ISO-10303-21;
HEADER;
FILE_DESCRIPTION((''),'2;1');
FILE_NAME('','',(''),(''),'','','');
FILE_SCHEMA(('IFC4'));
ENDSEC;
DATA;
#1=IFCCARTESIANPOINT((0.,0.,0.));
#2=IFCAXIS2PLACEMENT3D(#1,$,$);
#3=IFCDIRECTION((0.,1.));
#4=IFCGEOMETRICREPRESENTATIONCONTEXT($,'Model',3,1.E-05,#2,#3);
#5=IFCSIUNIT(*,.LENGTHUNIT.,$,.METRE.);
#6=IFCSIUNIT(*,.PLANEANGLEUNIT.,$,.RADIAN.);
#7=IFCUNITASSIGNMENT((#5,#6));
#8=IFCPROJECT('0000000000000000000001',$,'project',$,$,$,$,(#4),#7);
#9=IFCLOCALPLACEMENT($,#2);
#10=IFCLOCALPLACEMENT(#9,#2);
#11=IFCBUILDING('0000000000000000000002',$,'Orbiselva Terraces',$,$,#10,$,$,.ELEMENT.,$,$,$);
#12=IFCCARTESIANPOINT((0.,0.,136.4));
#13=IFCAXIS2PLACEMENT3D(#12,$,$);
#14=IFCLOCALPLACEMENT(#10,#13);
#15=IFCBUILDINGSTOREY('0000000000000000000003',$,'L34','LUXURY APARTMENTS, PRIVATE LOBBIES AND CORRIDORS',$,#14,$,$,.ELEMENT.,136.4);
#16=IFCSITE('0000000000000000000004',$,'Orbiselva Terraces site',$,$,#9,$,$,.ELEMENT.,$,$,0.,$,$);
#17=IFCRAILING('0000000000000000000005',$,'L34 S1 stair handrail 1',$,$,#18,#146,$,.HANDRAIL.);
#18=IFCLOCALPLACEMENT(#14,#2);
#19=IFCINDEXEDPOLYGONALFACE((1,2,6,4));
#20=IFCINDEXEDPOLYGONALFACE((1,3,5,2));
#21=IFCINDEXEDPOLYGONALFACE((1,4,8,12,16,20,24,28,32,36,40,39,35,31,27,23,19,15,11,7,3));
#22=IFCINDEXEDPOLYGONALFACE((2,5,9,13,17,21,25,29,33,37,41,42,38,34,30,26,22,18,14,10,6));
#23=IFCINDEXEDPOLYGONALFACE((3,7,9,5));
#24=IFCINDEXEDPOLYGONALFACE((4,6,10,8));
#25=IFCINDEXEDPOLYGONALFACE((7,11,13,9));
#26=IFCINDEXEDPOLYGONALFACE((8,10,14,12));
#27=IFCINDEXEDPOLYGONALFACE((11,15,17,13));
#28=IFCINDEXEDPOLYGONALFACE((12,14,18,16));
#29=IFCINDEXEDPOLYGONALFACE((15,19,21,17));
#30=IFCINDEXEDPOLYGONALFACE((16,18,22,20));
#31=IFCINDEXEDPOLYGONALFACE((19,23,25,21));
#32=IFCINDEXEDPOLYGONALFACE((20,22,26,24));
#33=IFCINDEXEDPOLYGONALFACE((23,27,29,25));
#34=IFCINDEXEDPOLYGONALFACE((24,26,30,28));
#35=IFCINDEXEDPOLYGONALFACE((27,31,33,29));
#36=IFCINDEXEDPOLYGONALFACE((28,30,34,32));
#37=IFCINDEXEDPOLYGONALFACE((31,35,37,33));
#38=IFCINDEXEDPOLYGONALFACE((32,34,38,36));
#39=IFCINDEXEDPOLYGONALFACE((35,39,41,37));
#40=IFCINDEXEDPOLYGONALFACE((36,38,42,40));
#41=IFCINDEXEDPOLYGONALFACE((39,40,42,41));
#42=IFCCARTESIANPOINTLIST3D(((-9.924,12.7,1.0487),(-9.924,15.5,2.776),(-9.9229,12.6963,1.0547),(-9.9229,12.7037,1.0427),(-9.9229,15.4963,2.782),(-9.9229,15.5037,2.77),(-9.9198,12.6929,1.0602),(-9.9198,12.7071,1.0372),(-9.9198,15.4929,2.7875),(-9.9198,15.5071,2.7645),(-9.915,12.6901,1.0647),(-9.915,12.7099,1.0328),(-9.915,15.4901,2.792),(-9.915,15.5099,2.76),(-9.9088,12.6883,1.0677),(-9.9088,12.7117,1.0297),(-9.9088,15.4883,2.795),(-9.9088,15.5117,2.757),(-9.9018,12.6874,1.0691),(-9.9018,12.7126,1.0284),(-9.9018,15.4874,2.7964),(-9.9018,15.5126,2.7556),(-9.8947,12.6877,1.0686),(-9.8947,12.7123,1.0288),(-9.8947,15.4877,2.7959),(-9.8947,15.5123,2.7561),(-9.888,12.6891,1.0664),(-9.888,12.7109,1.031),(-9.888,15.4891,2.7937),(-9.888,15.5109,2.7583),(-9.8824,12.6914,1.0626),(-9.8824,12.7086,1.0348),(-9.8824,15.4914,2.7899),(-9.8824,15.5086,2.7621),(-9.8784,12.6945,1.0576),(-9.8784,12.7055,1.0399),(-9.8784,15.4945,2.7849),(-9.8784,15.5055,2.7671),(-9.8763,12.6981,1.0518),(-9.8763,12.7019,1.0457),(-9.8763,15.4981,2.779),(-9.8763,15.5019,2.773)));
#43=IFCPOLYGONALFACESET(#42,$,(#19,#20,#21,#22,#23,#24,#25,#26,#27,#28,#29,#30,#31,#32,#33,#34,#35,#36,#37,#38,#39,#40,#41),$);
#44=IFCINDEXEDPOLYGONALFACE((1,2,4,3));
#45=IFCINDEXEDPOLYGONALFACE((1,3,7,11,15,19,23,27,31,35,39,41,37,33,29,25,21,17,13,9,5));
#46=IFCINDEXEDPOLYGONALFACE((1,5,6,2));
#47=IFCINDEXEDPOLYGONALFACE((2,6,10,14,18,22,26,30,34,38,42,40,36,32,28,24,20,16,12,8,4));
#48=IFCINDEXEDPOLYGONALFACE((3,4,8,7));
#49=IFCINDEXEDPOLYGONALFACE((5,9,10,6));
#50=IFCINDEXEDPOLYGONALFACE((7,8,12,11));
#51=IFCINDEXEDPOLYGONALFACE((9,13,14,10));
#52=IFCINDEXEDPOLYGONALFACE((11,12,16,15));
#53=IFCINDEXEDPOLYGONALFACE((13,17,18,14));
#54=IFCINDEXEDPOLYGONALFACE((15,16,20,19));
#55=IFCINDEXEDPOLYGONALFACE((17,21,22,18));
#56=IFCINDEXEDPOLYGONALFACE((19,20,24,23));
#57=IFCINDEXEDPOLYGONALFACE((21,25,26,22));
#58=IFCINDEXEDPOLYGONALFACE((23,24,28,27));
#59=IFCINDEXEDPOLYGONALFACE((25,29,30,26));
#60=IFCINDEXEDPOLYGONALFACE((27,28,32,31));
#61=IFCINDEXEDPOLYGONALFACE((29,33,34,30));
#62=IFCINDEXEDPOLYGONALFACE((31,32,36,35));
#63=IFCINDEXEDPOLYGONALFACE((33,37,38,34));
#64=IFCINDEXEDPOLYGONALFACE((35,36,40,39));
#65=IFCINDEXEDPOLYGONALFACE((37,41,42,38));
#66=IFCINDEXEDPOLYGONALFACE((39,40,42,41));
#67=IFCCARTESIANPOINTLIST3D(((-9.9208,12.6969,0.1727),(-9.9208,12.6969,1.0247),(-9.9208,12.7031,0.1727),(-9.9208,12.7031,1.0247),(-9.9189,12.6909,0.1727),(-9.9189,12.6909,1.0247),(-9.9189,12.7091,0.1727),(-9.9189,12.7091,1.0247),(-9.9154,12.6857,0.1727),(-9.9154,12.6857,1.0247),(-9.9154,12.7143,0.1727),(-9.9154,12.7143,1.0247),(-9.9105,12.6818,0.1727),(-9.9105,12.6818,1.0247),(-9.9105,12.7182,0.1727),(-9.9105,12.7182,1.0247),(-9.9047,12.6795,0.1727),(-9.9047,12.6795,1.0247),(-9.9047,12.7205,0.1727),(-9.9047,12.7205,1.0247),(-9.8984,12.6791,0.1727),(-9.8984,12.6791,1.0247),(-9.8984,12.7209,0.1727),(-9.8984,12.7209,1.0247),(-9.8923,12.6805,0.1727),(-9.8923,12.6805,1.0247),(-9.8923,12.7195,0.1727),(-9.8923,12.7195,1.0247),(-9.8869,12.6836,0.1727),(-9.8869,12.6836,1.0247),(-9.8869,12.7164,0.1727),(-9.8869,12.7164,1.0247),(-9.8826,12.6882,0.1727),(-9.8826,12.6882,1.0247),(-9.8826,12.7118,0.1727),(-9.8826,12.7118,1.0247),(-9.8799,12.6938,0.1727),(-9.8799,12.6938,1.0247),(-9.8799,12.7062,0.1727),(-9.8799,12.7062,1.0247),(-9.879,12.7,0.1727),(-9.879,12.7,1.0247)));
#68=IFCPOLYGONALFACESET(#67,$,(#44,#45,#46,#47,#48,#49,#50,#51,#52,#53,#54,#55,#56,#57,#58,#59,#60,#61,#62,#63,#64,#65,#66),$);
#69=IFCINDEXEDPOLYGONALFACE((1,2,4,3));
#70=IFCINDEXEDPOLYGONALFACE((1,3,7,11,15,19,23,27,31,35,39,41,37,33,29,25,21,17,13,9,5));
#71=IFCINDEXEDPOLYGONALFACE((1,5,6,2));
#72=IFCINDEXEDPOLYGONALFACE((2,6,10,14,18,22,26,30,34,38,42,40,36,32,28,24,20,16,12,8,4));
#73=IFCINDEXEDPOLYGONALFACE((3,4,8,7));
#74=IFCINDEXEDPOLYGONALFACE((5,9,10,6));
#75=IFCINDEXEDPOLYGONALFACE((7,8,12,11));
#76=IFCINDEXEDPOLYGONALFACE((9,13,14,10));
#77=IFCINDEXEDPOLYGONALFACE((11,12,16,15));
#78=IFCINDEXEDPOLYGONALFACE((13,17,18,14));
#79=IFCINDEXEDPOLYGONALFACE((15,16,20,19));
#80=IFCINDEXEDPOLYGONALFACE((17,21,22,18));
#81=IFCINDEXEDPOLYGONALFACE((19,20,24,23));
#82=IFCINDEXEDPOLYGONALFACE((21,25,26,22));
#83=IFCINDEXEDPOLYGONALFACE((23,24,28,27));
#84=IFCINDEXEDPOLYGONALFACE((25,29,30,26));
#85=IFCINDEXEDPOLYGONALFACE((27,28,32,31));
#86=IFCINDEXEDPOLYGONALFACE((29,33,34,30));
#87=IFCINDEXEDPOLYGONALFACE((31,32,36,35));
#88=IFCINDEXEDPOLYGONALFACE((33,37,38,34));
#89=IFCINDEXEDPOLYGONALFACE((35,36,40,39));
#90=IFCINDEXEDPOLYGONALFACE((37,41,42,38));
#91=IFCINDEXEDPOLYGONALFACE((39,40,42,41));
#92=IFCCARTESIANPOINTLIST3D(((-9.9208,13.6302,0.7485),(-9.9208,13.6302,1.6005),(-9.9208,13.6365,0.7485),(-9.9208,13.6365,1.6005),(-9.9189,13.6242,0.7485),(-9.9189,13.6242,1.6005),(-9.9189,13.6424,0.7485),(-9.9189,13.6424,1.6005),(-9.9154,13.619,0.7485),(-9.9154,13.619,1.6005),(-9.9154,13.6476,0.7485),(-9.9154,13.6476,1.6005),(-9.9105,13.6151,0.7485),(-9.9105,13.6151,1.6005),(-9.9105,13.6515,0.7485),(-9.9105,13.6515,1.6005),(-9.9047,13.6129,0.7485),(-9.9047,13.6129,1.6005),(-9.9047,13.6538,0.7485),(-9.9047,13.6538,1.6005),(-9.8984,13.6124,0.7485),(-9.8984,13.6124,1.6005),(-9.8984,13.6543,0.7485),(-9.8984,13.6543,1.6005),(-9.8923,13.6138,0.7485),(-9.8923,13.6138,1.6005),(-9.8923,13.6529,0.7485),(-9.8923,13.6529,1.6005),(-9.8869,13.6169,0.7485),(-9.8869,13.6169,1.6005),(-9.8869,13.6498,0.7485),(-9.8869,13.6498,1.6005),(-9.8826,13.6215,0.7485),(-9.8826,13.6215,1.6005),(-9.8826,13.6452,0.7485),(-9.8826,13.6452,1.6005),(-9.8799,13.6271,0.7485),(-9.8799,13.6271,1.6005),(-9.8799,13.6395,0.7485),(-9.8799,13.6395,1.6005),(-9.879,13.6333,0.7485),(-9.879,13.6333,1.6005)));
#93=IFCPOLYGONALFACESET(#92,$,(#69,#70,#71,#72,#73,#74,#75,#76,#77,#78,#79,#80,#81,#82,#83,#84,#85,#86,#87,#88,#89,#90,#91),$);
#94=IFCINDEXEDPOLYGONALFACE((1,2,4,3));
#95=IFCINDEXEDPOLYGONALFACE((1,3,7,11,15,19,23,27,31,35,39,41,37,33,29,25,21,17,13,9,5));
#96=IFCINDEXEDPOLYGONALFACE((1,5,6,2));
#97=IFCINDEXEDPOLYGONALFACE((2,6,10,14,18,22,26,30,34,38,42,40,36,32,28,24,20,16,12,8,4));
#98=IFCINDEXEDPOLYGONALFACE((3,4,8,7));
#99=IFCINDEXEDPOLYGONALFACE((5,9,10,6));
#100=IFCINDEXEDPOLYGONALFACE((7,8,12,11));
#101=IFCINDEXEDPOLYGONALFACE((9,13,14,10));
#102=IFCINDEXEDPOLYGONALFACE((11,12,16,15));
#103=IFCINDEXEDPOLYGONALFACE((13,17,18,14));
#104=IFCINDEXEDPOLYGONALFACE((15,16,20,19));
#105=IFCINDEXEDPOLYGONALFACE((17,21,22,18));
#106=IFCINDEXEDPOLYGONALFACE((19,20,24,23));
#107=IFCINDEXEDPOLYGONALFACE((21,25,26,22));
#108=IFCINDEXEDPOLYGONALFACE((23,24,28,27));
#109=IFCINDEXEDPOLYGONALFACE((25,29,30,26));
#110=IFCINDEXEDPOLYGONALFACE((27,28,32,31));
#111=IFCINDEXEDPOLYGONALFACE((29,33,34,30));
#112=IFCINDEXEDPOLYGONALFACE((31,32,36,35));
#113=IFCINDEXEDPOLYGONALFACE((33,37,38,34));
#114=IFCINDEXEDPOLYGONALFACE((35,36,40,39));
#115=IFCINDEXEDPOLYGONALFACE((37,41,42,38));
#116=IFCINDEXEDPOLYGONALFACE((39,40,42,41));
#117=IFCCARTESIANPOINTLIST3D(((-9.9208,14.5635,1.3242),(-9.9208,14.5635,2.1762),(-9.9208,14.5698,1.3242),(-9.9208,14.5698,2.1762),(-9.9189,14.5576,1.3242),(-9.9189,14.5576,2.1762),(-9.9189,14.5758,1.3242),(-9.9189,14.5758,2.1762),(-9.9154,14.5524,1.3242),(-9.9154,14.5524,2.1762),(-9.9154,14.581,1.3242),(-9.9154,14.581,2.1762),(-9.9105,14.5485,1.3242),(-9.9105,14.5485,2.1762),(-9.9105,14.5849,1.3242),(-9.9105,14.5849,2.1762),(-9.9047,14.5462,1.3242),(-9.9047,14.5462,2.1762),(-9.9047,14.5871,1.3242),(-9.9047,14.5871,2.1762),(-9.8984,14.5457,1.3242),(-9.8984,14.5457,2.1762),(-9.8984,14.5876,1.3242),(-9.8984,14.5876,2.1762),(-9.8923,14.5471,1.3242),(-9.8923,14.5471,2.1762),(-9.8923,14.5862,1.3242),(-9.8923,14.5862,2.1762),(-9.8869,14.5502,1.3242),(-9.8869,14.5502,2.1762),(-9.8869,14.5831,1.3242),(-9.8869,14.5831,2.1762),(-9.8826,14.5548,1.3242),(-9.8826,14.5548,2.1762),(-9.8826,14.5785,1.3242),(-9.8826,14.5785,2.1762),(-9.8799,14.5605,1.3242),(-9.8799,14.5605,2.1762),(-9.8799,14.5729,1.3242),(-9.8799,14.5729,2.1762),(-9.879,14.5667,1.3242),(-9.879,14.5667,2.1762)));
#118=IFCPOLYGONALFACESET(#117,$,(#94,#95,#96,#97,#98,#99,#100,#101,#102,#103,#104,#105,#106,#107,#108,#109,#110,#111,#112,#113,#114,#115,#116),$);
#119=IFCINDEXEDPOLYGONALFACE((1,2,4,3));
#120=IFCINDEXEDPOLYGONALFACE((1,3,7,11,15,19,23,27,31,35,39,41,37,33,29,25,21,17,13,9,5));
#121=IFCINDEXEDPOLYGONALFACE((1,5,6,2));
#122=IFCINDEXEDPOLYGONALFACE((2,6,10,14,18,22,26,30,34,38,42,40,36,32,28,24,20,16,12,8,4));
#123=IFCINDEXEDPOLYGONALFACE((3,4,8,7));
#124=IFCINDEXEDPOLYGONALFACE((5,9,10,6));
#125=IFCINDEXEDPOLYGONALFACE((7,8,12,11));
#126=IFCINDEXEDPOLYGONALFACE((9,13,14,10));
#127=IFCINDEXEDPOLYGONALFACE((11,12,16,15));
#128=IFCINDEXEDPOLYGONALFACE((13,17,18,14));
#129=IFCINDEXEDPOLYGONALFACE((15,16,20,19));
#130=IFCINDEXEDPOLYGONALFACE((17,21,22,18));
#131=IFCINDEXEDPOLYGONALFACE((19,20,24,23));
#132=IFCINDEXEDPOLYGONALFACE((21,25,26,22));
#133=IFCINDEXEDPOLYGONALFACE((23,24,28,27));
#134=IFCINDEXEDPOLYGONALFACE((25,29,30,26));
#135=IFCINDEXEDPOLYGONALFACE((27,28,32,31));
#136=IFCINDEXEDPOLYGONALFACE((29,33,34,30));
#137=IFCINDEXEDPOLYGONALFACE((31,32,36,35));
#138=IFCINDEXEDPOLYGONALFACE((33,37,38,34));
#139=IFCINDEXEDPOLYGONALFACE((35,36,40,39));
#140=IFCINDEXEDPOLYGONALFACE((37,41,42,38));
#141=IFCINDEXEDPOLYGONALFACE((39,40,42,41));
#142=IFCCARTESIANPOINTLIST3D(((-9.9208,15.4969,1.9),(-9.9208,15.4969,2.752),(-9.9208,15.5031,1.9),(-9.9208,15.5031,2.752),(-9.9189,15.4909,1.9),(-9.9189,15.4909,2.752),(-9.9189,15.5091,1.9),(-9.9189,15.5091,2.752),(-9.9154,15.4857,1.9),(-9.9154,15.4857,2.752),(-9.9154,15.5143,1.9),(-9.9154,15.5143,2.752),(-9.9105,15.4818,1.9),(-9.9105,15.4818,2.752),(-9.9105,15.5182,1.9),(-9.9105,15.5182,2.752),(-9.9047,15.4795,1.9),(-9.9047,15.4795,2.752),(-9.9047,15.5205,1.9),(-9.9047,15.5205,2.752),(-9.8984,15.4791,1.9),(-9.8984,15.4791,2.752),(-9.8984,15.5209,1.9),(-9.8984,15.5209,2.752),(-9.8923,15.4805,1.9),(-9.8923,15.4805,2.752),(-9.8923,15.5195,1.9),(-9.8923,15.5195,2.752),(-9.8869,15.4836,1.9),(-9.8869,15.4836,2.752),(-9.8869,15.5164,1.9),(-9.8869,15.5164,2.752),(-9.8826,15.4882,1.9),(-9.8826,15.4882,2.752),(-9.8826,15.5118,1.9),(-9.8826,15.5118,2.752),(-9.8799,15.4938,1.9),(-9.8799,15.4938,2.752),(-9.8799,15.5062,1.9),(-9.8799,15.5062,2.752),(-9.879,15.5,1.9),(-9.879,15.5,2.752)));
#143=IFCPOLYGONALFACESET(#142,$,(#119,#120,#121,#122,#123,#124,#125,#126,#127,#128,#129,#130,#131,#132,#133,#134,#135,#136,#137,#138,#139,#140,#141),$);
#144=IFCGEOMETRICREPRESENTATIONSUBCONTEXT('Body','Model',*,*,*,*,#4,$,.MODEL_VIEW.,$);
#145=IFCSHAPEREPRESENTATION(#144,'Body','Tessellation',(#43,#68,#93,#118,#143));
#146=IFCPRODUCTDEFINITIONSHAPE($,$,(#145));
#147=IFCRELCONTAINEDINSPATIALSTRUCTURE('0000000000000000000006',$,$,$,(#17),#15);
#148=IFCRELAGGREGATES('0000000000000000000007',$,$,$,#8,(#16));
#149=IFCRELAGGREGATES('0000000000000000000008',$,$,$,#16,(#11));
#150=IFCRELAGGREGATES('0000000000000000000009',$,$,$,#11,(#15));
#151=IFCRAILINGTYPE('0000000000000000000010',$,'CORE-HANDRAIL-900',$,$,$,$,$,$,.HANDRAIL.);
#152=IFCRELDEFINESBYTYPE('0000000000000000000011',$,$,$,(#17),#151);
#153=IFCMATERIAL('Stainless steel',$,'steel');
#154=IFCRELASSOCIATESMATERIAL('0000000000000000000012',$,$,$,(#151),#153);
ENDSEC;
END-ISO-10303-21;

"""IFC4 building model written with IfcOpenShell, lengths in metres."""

from ifc_helpers import new_model, si_unit, direction, frame, origin, origin_2d, place, context, subcontext, project, spatial, circle, extrude, material, type_object, element, save


model = new_model("IFC4")

# Units and contexts
model_context = context("Model", 3, precision=1e-05, world=origin(), true_north=direction((0.0, 1.0)))
body_context = subcontext(model_context, "Body", "Model", "MODEL_VIEW")
ifc_project = project(units=[si_unit("LENGTHUNIT", "METRE"), si_unit("PLANEANGLEUNIT", "RADIAN")], contexts=[model_context])

# Site, building, storey
site_placement = place(None, origin())
site = spatial("IfcSite", under=ifc_project, at=site_placement, Name="Orbiselva Terraces site", CompositionType="ELEMENT", RefElevation=0.0)
building_placement = place(site_placement, origin())
building = spatial("IfcBuilding", under=site, at=building_placement, Name="Orbiselva Terraces", CompositionType="ELEMENT")
storey_placement = place(building_placement, frame((0.0, 0.0, 136.4)))
storey = spatial("IfcBuildingStorey", under=building, at=storey_placement, Name="L34", Description="LUXURY APARTMENTS, PRIVATE LOBBIES AND CORRIDORS", CompositionType="ELEMENT", Elevation=136.4)

# Railing
ifc_material_1 = material(Name="Stainless steel", Category="steel")
railing_type_1 = type_object("IfcRailingType", Name="CORE-HANDRAIL-900", PredefinedType="HANDRAIL", material=ifc_material_1)
railing_1_placement = place(storey_placement, frame((-9.9, 12.7, 0.1727)))
element("IfcRailing", 1, at=railing_1_placement, inside=storey, type_object=railing_type_1, Name="L34 S1 stair handrail 1", PredefinedType="HANDRAIL", context=body_context, shape_type="SweptSolid", body=[
    extrude(circle(Radius=0.024, at=origin_2d()), frame((0.0, 0.0, 0.876), z_axis=(0.0, 0.851089, 0.525022), x_axis=(-1.0, 0.0, 0.0)), (0.0, 0.0, 1.0), 3.2899),
    extrude(circle(Radius=0.021, at=origin_2d()), origin(), (0.0, 0.0, 1.0), 0.852),
    extrude(circle(Radius=0.021, at=origin_2d()), frame((0.0, 0.9333, 0.5758)), (0.0, 0.0, 1.0), 0.852),
    extrude(circle(Radius=0.021, at=origin_2d()), frame((0.0, 1.8667, 1.1515)), (0.0, 0.0, 1.0), 0.852),
    extrude(circle(Radius=0.021, at=origin_2d()), frame((0.0, 2.8, 1.7273)), (0.0, 0.0, 1.0), 0.852),
])

save(model, "model.ifc")
